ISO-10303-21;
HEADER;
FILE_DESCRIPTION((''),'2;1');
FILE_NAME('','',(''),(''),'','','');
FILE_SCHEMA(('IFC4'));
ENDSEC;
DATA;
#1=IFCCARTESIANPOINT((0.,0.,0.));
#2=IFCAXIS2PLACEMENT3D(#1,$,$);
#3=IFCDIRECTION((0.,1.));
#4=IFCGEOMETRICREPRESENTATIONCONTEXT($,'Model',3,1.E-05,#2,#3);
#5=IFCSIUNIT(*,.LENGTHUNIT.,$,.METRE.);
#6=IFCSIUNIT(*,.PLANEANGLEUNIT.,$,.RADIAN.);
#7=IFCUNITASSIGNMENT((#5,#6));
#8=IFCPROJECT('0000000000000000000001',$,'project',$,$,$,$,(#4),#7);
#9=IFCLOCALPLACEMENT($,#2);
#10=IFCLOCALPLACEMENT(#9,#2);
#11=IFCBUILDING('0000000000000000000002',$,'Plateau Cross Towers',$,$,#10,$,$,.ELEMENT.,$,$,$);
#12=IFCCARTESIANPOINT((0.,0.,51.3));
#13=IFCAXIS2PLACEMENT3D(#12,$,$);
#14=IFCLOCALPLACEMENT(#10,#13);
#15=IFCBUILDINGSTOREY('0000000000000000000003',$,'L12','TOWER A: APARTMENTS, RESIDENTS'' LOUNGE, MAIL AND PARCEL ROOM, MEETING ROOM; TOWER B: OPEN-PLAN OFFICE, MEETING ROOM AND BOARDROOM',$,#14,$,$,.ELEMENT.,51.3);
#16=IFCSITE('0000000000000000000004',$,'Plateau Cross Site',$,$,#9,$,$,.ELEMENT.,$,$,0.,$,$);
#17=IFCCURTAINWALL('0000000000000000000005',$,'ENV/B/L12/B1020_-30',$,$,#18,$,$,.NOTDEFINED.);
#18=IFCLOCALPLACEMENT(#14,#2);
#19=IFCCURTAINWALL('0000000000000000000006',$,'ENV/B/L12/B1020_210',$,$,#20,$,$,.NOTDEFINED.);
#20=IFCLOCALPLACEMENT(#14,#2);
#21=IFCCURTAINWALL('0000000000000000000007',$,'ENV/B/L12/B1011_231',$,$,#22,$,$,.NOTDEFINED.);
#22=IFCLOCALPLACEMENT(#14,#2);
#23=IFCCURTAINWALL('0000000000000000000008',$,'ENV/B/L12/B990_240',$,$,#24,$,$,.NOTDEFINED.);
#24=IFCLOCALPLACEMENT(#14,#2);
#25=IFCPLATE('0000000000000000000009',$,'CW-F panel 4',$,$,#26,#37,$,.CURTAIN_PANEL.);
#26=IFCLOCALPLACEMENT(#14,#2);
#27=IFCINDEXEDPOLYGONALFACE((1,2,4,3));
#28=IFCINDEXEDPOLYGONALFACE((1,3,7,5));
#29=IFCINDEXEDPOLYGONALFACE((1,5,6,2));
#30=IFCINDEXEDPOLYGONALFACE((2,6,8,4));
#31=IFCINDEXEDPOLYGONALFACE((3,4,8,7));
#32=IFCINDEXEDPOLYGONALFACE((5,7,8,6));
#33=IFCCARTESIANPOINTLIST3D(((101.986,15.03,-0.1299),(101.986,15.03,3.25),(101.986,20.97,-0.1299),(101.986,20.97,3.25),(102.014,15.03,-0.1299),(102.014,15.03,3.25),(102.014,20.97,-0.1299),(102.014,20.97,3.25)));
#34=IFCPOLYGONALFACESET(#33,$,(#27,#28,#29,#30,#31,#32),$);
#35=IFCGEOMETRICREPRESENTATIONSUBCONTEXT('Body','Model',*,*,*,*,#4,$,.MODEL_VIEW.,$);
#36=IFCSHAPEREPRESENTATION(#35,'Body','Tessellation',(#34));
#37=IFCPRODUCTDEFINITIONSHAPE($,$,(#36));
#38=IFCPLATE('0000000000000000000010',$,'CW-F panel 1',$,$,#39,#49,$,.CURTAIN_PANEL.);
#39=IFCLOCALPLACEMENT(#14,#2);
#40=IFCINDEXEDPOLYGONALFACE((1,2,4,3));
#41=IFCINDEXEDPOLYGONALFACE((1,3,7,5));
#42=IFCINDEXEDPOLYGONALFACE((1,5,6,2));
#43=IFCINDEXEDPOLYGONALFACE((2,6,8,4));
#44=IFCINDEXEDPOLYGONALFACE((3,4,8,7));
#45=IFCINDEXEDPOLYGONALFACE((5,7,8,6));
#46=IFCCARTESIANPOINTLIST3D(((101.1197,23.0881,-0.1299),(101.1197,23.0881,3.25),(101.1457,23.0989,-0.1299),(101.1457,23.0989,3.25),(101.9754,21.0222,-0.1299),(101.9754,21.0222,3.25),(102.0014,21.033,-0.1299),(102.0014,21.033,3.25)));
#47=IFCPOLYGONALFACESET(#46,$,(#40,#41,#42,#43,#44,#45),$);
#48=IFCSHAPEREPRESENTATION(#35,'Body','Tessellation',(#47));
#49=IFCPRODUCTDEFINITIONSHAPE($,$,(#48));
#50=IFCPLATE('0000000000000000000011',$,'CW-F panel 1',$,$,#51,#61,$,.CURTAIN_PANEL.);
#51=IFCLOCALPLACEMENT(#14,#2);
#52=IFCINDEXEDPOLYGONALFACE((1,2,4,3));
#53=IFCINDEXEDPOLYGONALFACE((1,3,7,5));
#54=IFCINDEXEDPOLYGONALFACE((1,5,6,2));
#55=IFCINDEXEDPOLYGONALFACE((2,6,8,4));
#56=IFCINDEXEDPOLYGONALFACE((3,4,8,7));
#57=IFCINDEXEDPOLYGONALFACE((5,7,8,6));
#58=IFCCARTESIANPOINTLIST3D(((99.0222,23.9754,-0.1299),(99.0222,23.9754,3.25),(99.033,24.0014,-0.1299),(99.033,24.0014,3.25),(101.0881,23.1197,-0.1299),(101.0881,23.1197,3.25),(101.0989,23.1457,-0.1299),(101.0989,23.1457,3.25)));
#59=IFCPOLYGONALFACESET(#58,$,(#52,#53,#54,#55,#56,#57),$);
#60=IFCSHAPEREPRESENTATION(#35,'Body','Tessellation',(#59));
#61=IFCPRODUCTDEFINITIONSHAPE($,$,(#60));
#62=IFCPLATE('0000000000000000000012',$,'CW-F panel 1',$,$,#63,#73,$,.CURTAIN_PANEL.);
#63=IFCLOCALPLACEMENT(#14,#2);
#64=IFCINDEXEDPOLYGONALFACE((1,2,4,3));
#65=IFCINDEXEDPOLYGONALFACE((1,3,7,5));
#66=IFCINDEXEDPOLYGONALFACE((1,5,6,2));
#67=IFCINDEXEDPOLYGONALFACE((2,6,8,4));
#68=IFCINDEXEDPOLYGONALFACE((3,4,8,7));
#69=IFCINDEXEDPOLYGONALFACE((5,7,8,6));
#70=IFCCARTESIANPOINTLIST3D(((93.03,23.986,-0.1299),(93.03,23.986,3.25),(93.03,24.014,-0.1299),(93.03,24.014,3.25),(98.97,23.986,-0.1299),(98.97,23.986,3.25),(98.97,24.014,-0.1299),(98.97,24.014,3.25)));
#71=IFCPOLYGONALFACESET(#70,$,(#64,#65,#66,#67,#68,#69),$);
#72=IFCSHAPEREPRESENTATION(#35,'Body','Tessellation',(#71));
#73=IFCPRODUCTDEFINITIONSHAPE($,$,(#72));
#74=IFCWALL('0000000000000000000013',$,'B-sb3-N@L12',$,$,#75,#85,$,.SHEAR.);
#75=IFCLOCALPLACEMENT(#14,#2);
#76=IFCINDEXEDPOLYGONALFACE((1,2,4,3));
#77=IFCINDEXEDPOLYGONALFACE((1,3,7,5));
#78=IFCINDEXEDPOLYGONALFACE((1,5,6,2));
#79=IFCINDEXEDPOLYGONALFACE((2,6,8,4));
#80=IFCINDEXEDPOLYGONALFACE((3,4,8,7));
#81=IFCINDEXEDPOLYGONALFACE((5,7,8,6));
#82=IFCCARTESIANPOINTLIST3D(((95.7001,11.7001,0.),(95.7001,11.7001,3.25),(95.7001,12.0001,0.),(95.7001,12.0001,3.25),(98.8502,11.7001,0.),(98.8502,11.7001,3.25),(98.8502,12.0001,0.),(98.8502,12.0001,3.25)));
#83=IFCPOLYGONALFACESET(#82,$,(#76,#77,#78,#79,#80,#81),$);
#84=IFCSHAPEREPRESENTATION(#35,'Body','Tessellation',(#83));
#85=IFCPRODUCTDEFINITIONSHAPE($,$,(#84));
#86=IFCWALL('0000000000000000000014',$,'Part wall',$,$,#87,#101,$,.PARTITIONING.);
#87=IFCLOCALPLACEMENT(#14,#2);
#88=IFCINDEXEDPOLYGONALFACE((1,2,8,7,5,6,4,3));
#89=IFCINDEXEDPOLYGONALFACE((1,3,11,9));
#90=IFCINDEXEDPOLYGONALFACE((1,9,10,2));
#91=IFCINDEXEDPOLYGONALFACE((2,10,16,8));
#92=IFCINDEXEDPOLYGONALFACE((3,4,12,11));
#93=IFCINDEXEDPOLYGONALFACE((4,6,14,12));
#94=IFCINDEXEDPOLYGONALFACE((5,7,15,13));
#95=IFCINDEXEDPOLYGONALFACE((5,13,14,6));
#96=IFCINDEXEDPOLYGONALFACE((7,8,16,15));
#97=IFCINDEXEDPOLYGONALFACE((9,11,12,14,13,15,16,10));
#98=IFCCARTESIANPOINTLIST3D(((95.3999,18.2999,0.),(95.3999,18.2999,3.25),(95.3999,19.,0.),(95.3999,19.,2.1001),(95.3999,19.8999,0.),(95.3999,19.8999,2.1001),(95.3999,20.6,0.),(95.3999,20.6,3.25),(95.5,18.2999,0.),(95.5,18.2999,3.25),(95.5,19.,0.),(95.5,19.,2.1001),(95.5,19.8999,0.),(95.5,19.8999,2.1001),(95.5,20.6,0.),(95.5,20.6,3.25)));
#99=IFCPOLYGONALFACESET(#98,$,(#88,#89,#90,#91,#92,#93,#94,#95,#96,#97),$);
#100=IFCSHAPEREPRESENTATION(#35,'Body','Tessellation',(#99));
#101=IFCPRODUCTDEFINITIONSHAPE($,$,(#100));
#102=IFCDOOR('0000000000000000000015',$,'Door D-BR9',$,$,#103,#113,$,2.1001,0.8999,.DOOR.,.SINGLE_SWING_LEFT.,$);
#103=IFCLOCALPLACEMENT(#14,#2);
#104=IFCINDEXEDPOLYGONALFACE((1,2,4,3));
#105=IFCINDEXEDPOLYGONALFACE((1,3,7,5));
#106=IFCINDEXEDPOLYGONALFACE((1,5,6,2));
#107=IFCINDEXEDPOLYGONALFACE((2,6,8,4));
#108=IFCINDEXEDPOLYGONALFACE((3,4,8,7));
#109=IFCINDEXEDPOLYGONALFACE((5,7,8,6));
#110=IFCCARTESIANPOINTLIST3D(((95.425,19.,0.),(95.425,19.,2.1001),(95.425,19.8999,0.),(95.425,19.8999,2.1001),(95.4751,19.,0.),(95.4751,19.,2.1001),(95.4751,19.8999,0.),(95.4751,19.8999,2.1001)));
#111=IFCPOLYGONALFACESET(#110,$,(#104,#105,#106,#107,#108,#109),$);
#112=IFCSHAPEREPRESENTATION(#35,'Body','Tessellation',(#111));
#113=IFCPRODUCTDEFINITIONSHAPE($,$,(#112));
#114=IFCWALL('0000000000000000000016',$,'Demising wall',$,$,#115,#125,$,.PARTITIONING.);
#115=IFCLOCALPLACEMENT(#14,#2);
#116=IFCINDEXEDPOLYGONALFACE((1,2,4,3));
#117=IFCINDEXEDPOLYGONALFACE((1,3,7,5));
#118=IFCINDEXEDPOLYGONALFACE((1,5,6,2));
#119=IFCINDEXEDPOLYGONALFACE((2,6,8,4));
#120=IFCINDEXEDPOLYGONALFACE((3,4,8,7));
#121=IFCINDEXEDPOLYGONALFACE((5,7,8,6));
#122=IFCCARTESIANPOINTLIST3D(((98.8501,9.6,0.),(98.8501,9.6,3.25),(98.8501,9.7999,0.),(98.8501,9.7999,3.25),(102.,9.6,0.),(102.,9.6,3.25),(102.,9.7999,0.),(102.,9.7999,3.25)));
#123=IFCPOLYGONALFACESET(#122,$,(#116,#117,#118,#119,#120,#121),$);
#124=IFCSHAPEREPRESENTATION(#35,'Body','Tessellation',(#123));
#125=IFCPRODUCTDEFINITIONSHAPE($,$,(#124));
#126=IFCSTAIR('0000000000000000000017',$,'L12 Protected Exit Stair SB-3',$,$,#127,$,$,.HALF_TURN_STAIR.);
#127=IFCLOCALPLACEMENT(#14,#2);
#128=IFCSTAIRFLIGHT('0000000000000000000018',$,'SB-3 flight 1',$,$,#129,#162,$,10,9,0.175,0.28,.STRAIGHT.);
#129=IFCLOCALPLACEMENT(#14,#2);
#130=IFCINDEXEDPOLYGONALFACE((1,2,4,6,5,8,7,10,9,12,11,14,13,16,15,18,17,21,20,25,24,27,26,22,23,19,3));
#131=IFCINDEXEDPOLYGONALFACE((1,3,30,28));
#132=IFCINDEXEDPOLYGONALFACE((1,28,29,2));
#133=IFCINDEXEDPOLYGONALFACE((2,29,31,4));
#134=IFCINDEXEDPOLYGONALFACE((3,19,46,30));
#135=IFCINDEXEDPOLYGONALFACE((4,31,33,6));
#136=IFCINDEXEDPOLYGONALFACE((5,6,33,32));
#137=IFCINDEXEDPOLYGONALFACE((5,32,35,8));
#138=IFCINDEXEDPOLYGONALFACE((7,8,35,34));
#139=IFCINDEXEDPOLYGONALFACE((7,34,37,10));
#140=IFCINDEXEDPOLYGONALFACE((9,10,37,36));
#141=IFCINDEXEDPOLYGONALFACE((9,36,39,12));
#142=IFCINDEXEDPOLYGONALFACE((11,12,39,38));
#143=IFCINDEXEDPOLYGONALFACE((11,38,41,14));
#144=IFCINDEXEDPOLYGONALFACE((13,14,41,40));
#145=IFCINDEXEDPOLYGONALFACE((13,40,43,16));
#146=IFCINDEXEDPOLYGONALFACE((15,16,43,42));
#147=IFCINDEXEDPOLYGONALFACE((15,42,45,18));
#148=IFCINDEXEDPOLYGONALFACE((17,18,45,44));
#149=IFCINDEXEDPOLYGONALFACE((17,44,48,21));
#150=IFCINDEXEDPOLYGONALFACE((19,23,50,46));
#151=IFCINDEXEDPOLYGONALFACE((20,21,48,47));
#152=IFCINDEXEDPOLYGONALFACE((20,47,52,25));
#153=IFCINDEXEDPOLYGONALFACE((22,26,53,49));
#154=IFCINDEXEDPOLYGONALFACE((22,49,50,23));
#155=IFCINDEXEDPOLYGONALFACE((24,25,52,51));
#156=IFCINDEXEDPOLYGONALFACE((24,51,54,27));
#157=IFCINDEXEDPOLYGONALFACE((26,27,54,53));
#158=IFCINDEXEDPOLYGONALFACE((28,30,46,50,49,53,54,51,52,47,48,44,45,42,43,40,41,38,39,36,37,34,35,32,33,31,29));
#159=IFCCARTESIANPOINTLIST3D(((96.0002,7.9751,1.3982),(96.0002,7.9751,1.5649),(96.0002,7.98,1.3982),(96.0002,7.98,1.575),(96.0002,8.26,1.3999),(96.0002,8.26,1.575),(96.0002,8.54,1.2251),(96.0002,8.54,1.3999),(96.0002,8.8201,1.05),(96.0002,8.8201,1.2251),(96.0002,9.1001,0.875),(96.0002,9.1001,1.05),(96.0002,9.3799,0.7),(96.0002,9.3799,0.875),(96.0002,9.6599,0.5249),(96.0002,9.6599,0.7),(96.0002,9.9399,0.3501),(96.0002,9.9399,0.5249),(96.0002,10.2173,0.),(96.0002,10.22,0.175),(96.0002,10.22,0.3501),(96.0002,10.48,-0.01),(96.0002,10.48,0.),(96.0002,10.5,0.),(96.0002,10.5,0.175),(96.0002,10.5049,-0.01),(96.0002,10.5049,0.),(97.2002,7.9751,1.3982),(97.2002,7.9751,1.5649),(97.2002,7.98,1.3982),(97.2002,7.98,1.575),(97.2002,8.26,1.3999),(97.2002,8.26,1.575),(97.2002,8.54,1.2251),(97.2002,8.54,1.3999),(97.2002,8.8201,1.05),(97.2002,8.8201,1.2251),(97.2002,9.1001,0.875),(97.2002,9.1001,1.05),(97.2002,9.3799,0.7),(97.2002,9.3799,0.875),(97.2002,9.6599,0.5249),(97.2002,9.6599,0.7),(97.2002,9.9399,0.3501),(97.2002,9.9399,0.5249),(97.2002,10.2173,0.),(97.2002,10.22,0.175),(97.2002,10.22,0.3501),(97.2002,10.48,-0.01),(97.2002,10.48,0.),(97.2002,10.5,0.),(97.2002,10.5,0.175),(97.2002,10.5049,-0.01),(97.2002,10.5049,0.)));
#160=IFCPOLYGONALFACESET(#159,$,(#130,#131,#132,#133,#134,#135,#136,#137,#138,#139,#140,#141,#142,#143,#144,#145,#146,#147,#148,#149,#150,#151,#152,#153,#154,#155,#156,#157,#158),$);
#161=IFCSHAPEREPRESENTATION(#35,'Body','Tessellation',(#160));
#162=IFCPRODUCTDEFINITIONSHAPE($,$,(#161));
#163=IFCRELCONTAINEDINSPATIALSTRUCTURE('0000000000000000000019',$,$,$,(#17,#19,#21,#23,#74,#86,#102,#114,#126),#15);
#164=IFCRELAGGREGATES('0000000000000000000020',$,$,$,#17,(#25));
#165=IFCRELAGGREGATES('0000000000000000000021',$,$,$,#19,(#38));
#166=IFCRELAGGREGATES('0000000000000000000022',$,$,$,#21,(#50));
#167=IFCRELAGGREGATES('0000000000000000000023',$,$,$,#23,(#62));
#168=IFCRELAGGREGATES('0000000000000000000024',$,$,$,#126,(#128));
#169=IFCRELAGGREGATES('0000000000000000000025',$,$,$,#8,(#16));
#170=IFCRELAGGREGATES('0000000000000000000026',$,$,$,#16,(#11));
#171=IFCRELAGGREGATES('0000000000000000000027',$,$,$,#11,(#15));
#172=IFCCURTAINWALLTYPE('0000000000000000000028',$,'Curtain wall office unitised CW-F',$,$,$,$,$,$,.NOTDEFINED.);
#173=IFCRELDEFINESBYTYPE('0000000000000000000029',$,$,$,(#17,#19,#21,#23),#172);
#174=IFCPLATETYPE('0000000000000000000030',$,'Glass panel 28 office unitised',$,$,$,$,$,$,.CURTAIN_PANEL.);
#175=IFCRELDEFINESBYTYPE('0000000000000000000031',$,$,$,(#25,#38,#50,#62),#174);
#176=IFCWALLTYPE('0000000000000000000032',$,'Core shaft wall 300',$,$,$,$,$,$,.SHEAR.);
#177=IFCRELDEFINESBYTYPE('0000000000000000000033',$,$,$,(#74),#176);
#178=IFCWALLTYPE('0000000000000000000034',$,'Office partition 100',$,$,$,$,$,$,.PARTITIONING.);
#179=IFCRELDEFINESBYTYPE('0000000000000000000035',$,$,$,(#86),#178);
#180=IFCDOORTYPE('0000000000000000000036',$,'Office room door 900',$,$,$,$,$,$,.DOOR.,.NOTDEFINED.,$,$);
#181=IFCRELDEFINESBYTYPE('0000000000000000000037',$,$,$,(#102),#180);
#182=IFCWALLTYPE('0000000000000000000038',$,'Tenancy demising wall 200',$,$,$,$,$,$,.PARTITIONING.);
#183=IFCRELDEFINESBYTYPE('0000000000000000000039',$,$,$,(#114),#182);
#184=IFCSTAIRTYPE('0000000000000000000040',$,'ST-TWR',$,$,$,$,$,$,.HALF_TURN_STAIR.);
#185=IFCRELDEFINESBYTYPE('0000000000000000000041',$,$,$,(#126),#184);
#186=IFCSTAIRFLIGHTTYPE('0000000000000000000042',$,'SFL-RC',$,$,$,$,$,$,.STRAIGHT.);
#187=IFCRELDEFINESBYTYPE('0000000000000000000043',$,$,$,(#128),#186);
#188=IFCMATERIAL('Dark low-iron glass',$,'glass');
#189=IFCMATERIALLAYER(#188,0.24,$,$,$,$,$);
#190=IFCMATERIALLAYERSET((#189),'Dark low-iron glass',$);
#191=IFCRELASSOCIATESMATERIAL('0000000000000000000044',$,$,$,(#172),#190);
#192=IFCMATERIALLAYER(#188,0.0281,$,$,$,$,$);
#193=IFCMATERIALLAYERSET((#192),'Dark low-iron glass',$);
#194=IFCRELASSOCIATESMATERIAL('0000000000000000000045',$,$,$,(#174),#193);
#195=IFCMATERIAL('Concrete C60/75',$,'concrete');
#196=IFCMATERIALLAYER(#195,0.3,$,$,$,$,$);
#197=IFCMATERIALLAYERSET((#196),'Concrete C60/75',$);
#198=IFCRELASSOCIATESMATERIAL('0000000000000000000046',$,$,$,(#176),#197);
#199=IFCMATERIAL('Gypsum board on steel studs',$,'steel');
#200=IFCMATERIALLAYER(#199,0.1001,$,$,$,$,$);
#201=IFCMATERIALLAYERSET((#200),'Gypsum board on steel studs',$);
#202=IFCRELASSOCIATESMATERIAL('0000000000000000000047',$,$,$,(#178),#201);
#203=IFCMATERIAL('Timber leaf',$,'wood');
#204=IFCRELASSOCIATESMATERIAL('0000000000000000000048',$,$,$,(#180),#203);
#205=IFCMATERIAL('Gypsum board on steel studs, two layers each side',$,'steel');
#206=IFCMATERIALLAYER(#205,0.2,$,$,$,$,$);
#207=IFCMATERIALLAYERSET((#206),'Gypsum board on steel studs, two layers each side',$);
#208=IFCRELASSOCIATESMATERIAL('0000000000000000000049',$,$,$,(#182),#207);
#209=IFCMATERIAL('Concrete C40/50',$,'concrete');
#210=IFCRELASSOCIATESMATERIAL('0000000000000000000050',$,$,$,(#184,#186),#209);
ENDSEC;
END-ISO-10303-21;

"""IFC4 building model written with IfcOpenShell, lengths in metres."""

from ifc_helpers import new_model, si_unit, direction, frame, frame_2d, origin, origin_2d, place, context, subcontext, project, spatial, polyline, rectangle, outline, extrude, material, layer, layer_set, type_object, element, fill, aggregate, save


model = new_model("IFC4")

# Units and contexts
model_context = context("Model", 3, precision=1e-05, world=origin(), true_north=direction((0.0, 1.0)))
body_context = subcontext(model_context, "Body", "Model", "MODEL_VIEW")
ifc_project = project(units=[si_unit("LENGTHUNIT", "METRE"), si_unit("PLANEANGLEUNIT", "RADIAN")], contexts=[model_context])

# Site, building, storey
site_placement = place(None, origin())
site = spatial("IfcSite", under=ifc_project, at=site_placement, Name="Plateau Cross Site", CompositionType="ELEMENT", RefElevation=0.0)
building_placement = place(site_placement, origin())
building = spatial("IfcBuilding", under=site, at=building_placement, Name="Plateau Cross Towers", CompositionType="ELEMENT")
storey_placement = place(building_placement, frame((0.0, 0.0, 51.3)))
storey = spatial("IfcBuildingStorey", under=building, at=storey_placement, Name="L12", Description="TOWER A: APARTMENTS, RESIDENTS' LOUNGE, MAIL AND PARCEL ROOM, MEETING ROOM; TOWER B: OPEN-PLAN OFFICE, MEETING ROOM AND BOARDROOM", CompositionType="ELEMENT", Elevation=51.3)

# Shared definitions
ifc_material_1 = material(Name="Concrete C60/75", Category="concrete")

# Curtain wall
ifc_material_2 = material(Name="Dark low-iron glass", Category="glass")
ifc_layer_1 = layer(ifc_material_2, 0.24)
ifc_layer_set_1 = layer_set([ifc_layer_1], Name="Dark low-iron glass")
curtain_wall_type = type_object("IfcCurtainWallType", Name="Curtain wall office unitised CW-F", PredefinedType="NOTDEFINED", material=ifc_layer_set_1)
curtain_wall_1_placement = place(storey_placement, origin())
curtain_wall_1 = element("IfcCurtainWall", 1, at=curtain_wall_1_placement, inside=storey, type_object=curtain_wall_type, Name="ENV/B/L12/B1020_-30", PredefinedType="NOTDEFINED")

# Curtain walls
curtain_wall_2_placement = place(storey_placement, origin())
curtain_wall_2 = element("IfcCurtainWall", 2, at=curtain_wall_2_placement, inside=storey, type_object=curtain_wall_type, Name="ENV/B/L12/B1020_210", PredefinedType="NOTDEFINED")
curtain_wall_3_placement = place(storey_placement, origin())
curtain_wall_3 = element("IfcCurtainWall", 3, at=curtain_wall_3_placement, inside=storey, type_object=curtain_wall_type, Name="ENV/B/L12/B1011_231", PredefinedType="NOTDEFINED")

# Curtain wall
curtain_wall_4_placement = place(storey_placement, origin())
curtain_wall_4 = element("IfcCurtainWall", 4, at=curtain_wall_4_placement, inside=storey, type_object=curtain_wall_type, Name="ENV/B/L12/B990_240", PredefinedType="NOTDEFINED")

# Plates
ifc_layer_2 = layer(ifc_material_2, 0.0281)
ifc_layer_set_2 = layer_set([ifc_layer_2], Name="Dark low-iron glass")
plate_type = type_object("IfcPlateType", Name="Glass panel 28 office unitised", PredefinedType="CURTAIN_PANEL", material=ifc_layer_set_2)
plate_1_placement = place(storey_placement, frame((102.0, 18.0, -0.1299), z_axis=(0.0, 0.0, 1.0), x_axis=(0.0, 1.0, 0.0)))
plate_1 = element("IfcPlate", 5, at=plate_1_placement, type_object=plate_type, Name="CW-F panel 4", PredefinedType="CURTAIN_PANEL", context=body_context, shape_type="SweptSolid", body=[
    extrude(rectangle(XDim=5.9399, YDim=0.0281, at=origin_2d()), origin(), (0.0, 0.0, 1.0), 3.3799),
])
aggregate(curtain_wall_1, [plate_1])
plate_2_placement = place(storey_placement, frame((101.5605, 22.0605, -0.1299), z_axis=(0.0, 0.0, 1.0), x_axis=(-0.382684, 0.923879, 0.0)))
plate_2 = element("IfcPlate", 6, at=plate_2_placement, type_object=plate_type, Name="CW-F panel 1", PredefinedType="CURTAIN_PANEL", context=body_context, shape_type="SweptSolid", body=[
    extrude(rectangle(XDim=2.2361, YDim=0.0281, at=origin_2d()), origin(), (0.0, 0.0, 1.0), 3.3799),
])
aggregate(curtain_wall_2, [plate_2])
plate_3_placement = place(storey_placement, frame((100.0605, 23.5605, -0.1299), z_axis=(0.0, 0.0, 1.0), x_axis=(-0.923879, 0.382684, 0.0)))
plate_3 = element("IfcPlate", 7, at=plate_3_placement, type_object=plate_type, Name="CW-F panel 1", PredefinedType="CURTAIN_PANEL", context=body_context, shape_type="SweptSolid", body=[
    extrude(rectangle(XDim=2.2361, YDim=0.0281, at=origin_2d()), origin(), (0.0, 0.0, 1.0), 3.3799),
])
aggregate(curtain_wall_3, [plate_3])
plate_4_placement = place(storey_placement, frame((96.0, 24.0, -0.1299), z_axis=(0.0, 0.0, 1.0), x_axis=(-1.0, 0.0, 0.0)))
plate_4 = element("IfcPlate", 8, at=plate_4_placement, type_object=plate_type, Name="CW-F panel 1", PredefinedType="CURTAIN_PANEL", context=body_context, shape_type="SweptSolid", body=[
    extrude(rectangle(XDim=5.9399, YDim=0.0281, at=origin_2d()), origin(), (0.0, 0.0, 1.0), 3.3799),
])
aggregate(curtain_wall_4, [plate_4])

# Wall
ifc_layer_3 = layer(ifc_material_1, 0.3)
ifc_layer_set_3 = layer_set([ifc_layer_3], Name="Concrete C60/75")
wall_type_1 = type_object("IfcWallType", Name="Core shaft wall 300", PredefinedType="SHEAR", material=ifc_layer_set_3)
wall_1_placement = place(storey_placement, frame((95.7, 11.8501, 0.0), z_axis=(0.0, 0.0, 1.0), x_axis=(1.0, 0.0, 0.0)))
element("IfcWall", 9, at=wall_1_placement, inside=storey, type_object=wall_type_1, Name="B-sb3-N@L12", PredefinedType="SHEAR", context=body_context, shape_type="SweptSolid", body=[
    extrude(rectangle(XDim=3.1501, YDim=0.3, at=frame_2d((1.5752, 0.0))), origin(), (0.0, 0.0, 1.0), 3.25),
])

# Wall, opening, door
ifc_material_3 = material(Name="Gypsum board on steel studs", Category="steel")
ifc_layer_4 = layer(ifc_material_3, 0.1001)
ifc_layer_set_4 = layer_set([ifc_layer_4], Name="Gypsum board on steel studs")
wall_type_2 = type_object("IfcWallType", Name="Office partition 100", PredefinedType="PARTITIONING", material=ifc_layer_set_4)
wall_2_placement = place(storey_placement, frame((95.45, 18.3, 0.0), z_axis=(0.0, 0.0, 1.0), x_axis=(0.0, 1.0, 0.0)))
wall_2 = element("IfcWall", 10, at=wall_2_placement, inside=storey, type_object=wall_type_2, Name="Part wall", PredefinedType="PARTITIONING", context=body_context, shape_type="SweptSolid", body=[
    extrude(rectangle(XDim=2.3, YDim=0.1001, at=frame_2d((1.1499, 0.0))), origin(), (0.0, 0.0, 1.0), 3.25),
])
opening_1_placement = place(wall_2_placement, frame((0.7, 0.0, 0.0)))
opening_1 = element("IfcOpeningElement", 11, at=opening_1_placement, cuts=wall_2, PredefinedType="OPENING", context=body_context, shape_type="SweptSolid", body=[
    extrude(rectangle(XDim=0.8999, YDim=2.1001, at=frame_2d((0.45, 1.05))), frame((0.0, 0.0601, 0.0), z_axis=(0.0, -1.0, 0.0), x_axis=(1.0, 0.0, 0.0)), (0.0, 0.0, 1.0), 0.1201),
])
ifc_material_4 = material(Name="Timber leaf", Category="wood")
door_type_1 = type_object("IfcDoorType", Name="Office room door 900", OperationType="NOTDEFINED", PredefinedType="DOOR", material=ifc_material_4)
door_1_placement = place(opening_1_placement, origin())
door_1 = element("IfcDoor", 12, at=door_1_placement, inside=storey, type_object=door_type_1, Name="Door D-BR9", OperationType="SINGLE_SWING_LEFT", OverallHeight=2.1001, OverallWidth=0.8999, PredefinedType="DOOR", context=body_context, shape_type="SweptSolid", body=[
    extrude(rectangle(XDim=0.8999, YDim=2.1001, at=frame_2d((0.45, 1.05))), frame((0.0, 0.0249, 0.0), z_axis=(0.0, -1.0, 0.0), x_axis=(1.0, 0.0, 0.0)), (0.0, 0.0, 1.0), 0.05),
])
fill(opening_1, door_1)

# Wall
ifc_material_5 = material(Name="Gypsum board on steel studs, two layers each side", Category="steel")
ifc_layer_5 = layer(ifc_material_5, 0.2)
ifc_layer_set_5 = layer_set([ifc_layer_5], Name="Gypsum board on steel studs, two layers each side")
wall_type_3 = type_object("IfcWallType", Name="Tenancy demising wall 200", PredefinedType="PARTITIONING", material=ifc_layer_set_5)
wall_3_placement = place(storey_placement, frame((98.8501, 9.7, 0.0), z_axis=(0.0, 0.0, 1.0), x_axis=(1.0, 0.0, 0.0)))
element("IfcWall", 13, at=wall_3_placement, inside=storey, type_object=wall_type_3, Name="Demising wall", PredefinedType="PARTITIONING", context=body_context, shape_type="SweptSolid", body=[
    extrude(rectangle(XDim=3.1499, YDim=0.2, at=frame_2d((1.575, 0.0))), origin(), (0.0, 0.0, 1.0), 3.25),
])

# Stair, stair flight
ifc_material_6 = material(Name="Concrete C40/50", Category="concrete")
stair_type = type_object("IfcStairType", Name="ST-TWR", PredefinedType="HALF_TURN_STAIR", material=ifc_material_6)
stair_placement = place(storey_placement, origin())
stair = element("IfcStair", 14, at=stair_placement, inside=storey, type_object=stair_type, Name="L12 Protected Exit Stair SB-3", PredefinedType="HALF_TURN_STAIR")
stair_flight_type = type_object("IfcStairFlightType", Name="SFL-RC", PredefinedType="STRAIGHT", material=ifc_material_6)
stair_flight_1_placement = place(storey_placement, frame((96.6001, 10.5, 0.0), z_axis=(0.0, 0.0, 1.0), x_axis=(0.0, -1.0, 0.0)))
stair_flight_1 = element("IfcStairFlight", 15, at=stair_flight_1_placement, type_object=stair_flight_type, Name="SB-3 flight 1", NumberOfRisers=10, NumberOfTreads=9, PredefinedType="STRAIGHT", RiserHeight=0.175, TreadLength=0.28, context=body_context, shape_type="SweptSolid", body=[
    extrude(outline(polyline([(-0.0049, -0.01), (-0.0049, 0.0), (0.0, 0.0), (0.0, 0.175), (0.28, 0.175), (0.28, 0.3501), (0.5601, 0.3501), (0.5601, 0.5249), (0.8401, 0.5249), (0.8401, 0.7), (1.1201, 0.7), (1.1201, 0.875), (1.3999, 0.875), (1.3999, 1.05), (1.6799, 1.05), (1.6799, 1.2251), (1.96, 1.2251), (1.96, 1.3999), (2.24, 1.3999), (2.24, 1.575), (2.52, 1.575), (2.5249, 1.5649), (2.5249, 1.3982), (2.52, 1.3982), (0.2827, 0.0), (0.02, 0.0), (0.02, -0.01), (-0.0049, -0.01)])), frame((0.0, 0.6001, 0.0), z_axis=(0.0, -1.0, 0.0), x_axis=(1.0, 0.0, 0.0)), (0.0, 0.0, 1.0), 1.2),
])
aggregate(stair, [stair_flight_1])

save(model, "model.ifc")
